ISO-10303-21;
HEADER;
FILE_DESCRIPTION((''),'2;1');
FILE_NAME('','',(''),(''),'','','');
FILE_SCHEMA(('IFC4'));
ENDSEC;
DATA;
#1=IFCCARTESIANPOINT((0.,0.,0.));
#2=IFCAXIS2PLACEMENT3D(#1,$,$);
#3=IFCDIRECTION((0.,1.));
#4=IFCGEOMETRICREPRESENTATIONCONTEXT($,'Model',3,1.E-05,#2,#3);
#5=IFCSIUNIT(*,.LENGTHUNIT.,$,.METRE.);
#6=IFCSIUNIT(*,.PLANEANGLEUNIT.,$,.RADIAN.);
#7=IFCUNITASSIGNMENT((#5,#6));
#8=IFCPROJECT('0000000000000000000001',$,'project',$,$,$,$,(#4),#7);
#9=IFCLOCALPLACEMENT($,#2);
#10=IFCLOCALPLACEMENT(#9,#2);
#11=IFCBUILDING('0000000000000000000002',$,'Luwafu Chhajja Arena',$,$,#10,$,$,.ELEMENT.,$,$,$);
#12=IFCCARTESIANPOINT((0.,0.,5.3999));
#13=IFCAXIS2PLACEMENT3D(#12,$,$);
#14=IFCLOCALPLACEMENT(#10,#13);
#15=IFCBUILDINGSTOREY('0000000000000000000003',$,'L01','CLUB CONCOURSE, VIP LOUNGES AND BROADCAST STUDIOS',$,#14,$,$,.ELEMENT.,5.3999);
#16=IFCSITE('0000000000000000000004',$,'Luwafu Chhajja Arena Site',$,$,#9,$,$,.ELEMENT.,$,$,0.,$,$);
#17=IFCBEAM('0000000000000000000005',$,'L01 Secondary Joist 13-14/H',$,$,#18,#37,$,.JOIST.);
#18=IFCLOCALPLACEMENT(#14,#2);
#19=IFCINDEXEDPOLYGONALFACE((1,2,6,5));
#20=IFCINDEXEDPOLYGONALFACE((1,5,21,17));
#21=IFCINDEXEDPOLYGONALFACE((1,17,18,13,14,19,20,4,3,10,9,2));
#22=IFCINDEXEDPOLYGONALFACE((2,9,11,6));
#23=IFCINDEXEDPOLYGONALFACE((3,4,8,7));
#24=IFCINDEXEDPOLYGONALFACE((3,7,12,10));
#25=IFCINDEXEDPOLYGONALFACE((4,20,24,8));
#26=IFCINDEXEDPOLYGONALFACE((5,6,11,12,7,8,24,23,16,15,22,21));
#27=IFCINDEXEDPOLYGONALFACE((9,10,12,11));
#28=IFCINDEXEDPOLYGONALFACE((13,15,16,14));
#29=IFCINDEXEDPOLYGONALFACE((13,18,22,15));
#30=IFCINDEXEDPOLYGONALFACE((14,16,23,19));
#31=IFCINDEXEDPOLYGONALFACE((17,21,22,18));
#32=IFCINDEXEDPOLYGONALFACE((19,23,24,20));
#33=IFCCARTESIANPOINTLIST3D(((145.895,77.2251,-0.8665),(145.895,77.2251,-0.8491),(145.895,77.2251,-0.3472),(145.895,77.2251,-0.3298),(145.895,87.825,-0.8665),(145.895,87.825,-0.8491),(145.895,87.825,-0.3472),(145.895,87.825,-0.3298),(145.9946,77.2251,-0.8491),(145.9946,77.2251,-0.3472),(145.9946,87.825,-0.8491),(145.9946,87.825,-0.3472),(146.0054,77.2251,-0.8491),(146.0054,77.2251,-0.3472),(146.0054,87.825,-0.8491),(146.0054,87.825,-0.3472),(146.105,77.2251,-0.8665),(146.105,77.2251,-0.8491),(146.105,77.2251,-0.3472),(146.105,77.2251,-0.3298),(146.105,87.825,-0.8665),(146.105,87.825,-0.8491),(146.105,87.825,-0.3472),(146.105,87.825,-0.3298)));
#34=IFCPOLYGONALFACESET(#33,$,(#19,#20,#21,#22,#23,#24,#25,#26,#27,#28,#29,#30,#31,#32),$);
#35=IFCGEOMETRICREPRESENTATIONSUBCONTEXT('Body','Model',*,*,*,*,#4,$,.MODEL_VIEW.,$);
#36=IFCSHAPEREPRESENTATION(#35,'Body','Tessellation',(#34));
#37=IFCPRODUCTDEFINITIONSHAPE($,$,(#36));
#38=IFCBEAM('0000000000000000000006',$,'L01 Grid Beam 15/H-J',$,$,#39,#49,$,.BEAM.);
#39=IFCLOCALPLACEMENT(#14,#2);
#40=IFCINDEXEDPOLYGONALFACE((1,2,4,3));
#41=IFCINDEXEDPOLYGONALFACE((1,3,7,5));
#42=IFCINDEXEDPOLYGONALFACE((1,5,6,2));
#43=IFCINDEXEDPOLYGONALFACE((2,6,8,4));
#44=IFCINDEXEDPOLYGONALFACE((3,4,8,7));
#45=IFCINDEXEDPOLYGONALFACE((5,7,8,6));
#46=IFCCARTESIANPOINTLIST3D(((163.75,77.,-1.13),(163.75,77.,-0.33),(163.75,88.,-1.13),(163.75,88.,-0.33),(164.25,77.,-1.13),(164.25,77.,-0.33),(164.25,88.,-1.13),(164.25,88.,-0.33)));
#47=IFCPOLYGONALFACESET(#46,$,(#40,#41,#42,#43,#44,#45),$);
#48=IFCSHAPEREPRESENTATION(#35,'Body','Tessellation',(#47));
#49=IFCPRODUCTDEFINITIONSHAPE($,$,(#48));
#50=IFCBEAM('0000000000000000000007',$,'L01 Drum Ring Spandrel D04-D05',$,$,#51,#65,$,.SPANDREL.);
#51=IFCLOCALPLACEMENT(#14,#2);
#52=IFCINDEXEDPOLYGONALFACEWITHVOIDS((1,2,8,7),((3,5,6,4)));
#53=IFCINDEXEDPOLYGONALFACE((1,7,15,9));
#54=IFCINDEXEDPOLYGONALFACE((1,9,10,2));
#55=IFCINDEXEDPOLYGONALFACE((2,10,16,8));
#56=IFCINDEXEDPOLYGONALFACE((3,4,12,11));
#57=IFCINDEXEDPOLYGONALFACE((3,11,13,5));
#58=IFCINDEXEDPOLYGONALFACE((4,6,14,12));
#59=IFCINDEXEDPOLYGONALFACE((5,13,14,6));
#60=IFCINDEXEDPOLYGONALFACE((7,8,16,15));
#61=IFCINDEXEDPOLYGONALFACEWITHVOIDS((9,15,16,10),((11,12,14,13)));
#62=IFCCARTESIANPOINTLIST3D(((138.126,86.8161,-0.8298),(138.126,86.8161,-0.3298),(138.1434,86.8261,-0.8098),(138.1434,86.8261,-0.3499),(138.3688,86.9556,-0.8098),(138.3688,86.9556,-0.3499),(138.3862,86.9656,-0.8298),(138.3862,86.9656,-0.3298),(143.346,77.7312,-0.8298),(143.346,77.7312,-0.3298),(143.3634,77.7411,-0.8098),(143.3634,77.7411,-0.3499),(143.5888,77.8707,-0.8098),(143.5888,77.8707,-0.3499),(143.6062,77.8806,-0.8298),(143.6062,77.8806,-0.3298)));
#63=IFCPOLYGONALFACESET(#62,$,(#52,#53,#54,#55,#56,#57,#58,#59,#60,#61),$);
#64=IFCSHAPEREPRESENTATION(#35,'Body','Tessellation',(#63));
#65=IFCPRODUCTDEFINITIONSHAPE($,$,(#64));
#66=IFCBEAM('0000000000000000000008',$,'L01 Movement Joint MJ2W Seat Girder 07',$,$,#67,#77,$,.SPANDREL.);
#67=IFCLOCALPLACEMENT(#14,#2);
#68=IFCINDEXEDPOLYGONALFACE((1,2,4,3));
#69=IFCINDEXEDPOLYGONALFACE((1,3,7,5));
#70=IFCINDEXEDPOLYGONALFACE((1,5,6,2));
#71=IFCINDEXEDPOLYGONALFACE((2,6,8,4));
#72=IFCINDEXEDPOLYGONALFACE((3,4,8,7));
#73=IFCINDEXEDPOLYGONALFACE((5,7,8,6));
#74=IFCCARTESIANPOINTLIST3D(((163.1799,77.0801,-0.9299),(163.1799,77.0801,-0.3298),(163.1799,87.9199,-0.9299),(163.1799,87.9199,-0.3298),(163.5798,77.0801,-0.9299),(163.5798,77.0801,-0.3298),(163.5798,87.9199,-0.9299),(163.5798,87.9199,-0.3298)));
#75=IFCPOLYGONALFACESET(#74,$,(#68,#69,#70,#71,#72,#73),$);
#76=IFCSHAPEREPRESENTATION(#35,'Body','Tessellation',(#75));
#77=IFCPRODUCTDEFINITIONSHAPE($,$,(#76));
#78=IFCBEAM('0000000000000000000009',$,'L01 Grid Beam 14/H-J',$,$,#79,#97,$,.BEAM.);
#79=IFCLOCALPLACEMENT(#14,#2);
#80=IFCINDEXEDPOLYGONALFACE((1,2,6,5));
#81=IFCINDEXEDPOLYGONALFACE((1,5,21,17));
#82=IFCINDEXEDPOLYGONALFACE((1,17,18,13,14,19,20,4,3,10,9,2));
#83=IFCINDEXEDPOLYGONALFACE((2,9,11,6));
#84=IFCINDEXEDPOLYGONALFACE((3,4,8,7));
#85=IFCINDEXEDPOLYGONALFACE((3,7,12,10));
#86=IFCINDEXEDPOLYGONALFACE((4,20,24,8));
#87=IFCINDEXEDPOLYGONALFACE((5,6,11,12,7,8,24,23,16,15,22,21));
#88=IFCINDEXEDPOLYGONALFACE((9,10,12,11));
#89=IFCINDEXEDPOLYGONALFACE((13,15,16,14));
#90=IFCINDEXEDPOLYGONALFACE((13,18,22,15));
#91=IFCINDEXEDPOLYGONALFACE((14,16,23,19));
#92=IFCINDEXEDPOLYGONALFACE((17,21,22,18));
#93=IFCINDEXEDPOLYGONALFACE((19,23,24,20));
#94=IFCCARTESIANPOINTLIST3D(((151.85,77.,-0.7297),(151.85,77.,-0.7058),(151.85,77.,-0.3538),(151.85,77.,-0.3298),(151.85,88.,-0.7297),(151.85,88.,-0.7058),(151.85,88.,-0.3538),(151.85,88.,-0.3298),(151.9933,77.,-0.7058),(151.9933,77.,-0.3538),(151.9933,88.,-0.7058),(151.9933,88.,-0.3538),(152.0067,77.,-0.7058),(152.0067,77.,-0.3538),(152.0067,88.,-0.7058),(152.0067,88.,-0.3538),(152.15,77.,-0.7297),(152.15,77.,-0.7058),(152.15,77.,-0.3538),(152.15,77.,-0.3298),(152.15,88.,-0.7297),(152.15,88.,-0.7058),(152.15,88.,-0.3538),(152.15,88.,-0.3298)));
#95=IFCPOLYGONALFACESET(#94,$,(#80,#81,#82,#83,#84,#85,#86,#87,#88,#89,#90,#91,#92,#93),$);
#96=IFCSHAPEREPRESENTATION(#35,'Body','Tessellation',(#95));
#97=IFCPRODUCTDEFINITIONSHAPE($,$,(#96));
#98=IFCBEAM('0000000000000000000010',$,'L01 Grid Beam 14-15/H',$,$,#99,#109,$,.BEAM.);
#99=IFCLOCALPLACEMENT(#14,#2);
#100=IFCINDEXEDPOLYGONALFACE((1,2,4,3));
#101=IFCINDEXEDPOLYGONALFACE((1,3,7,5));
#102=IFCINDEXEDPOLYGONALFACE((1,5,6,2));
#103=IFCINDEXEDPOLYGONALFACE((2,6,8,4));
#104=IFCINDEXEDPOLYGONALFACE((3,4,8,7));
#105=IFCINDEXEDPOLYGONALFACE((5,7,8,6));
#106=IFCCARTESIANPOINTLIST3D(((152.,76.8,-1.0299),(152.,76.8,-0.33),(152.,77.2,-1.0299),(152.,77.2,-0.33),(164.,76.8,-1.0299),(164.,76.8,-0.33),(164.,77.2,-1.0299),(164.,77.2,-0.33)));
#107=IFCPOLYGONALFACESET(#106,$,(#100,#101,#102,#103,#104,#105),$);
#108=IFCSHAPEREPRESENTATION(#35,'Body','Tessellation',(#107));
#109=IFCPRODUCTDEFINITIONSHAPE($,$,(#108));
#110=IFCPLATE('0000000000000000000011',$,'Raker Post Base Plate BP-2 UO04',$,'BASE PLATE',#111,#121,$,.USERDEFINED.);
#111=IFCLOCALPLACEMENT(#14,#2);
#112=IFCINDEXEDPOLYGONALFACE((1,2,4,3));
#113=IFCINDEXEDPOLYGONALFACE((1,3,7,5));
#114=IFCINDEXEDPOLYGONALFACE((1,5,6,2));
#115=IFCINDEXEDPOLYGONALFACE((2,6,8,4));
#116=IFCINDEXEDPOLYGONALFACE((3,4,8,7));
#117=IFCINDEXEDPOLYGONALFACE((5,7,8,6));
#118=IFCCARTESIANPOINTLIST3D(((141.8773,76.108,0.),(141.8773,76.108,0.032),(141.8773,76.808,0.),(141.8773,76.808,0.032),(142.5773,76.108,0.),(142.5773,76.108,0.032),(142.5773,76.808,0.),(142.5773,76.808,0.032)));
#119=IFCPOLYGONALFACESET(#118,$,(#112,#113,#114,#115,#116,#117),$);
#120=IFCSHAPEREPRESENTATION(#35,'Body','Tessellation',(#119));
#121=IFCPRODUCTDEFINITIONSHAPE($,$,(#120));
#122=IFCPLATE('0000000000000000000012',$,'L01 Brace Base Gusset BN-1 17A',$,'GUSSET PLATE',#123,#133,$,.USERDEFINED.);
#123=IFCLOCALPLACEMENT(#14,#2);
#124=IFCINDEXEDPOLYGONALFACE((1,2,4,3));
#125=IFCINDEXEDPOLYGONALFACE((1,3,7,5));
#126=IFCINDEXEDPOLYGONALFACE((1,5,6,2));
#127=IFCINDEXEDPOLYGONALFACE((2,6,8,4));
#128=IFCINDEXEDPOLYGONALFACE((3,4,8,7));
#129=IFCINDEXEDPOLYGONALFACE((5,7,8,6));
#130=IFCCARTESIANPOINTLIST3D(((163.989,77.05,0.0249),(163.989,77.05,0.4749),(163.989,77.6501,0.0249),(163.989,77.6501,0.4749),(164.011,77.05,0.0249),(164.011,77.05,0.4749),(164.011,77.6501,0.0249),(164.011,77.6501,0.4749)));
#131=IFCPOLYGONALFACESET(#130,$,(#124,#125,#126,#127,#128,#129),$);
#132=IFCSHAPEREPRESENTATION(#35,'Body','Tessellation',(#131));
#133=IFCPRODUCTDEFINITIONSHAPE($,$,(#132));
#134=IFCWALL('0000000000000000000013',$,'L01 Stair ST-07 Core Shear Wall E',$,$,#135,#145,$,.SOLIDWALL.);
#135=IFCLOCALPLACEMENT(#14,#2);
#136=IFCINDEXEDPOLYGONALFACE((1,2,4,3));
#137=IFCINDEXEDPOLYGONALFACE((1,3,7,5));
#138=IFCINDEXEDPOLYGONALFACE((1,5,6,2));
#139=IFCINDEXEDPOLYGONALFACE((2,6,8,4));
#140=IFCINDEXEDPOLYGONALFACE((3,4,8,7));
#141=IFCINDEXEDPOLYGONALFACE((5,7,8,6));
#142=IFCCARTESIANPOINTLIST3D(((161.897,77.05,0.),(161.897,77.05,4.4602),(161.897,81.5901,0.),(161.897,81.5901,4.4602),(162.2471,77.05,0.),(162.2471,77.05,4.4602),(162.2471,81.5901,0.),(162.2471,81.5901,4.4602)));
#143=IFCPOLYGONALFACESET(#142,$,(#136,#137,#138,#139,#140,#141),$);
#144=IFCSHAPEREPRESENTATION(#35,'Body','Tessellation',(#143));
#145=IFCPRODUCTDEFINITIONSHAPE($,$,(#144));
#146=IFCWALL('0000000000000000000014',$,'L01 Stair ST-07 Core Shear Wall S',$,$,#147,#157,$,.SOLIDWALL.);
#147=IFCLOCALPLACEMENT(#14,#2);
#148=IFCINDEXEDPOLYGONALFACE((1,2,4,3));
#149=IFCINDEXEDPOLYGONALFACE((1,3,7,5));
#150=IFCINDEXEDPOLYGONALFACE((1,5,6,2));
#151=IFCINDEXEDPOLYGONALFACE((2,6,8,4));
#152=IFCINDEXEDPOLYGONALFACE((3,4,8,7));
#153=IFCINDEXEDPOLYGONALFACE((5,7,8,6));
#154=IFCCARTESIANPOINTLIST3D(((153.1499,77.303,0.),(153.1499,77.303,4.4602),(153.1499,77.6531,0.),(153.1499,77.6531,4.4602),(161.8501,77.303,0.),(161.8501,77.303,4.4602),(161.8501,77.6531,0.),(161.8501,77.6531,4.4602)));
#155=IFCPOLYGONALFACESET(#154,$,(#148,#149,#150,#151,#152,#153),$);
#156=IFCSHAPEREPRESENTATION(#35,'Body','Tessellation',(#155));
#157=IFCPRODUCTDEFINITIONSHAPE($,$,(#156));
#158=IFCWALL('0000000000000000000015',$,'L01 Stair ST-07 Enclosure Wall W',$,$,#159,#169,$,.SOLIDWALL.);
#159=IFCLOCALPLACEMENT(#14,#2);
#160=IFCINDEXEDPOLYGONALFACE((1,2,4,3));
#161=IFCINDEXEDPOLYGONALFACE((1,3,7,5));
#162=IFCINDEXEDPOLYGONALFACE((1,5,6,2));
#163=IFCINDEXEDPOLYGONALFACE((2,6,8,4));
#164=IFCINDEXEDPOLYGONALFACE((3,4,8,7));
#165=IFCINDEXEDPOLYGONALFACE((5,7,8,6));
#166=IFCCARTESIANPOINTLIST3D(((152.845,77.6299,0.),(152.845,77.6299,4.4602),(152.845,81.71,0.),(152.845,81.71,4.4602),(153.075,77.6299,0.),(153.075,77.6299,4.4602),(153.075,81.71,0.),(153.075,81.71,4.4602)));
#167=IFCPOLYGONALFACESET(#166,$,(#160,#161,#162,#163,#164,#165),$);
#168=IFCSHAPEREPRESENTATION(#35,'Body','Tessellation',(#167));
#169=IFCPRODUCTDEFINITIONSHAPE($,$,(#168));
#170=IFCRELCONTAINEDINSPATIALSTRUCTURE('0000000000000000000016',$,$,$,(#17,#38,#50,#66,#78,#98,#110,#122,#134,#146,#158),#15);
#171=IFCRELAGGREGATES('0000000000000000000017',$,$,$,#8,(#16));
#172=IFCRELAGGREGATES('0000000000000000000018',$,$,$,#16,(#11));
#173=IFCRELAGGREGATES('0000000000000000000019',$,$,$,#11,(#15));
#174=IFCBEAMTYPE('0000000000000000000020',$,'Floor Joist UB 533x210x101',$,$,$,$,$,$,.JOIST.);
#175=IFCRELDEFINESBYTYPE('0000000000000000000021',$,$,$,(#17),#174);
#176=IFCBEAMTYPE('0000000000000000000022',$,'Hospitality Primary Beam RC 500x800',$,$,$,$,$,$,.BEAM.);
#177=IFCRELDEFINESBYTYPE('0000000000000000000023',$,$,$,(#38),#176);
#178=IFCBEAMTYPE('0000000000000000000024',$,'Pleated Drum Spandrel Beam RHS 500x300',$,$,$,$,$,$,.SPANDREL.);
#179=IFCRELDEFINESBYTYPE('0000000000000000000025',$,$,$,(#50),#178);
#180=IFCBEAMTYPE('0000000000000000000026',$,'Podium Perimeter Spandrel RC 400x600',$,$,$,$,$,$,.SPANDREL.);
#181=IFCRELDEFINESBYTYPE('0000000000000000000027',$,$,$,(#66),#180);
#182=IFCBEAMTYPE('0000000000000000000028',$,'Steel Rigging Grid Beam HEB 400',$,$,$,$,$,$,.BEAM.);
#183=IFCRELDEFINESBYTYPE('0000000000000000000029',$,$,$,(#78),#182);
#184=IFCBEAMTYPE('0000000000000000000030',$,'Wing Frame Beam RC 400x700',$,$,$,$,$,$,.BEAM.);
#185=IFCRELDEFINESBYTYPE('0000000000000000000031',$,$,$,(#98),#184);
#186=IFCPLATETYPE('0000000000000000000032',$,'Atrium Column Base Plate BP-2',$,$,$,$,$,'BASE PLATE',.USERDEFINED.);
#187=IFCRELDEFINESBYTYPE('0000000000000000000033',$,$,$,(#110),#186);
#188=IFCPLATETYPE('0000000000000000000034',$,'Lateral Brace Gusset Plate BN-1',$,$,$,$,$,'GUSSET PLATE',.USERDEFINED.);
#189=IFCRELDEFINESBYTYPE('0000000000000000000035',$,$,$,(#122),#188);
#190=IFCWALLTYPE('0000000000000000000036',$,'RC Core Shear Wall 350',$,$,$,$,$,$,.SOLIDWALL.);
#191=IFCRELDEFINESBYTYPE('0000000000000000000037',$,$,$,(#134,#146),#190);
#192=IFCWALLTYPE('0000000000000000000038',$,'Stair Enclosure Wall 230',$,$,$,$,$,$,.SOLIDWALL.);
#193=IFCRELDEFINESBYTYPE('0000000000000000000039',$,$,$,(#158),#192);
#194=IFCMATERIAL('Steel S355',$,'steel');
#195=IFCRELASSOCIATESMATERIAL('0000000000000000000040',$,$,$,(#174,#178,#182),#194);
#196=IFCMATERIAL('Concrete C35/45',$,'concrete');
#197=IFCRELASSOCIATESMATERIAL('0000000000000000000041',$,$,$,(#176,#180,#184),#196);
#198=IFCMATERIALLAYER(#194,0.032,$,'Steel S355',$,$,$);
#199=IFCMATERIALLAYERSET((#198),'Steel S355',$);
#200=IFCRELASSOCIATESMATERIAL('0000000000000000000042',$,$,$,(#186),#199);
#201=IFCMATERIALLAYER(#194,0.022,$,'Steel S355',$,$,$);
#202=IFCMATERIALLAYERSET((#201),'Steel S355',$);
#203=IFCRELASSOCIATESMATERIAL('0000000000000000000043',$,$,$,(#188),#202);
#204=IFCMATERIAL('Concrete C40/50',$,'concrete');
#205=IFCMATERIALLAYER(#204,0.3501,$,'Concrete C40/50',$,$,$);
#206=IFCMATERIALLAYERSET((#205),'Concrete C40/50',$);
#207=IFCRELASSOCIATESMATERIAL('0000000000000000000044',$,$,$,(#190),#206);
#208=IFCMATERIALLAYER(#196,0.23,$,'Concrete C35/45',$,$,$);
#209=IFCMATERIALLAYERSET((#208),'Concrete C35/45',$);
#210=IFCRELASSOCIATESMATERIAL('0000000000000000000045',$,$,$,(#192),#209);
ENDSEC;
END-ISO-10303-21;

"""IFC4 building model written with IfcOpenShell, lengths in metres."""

from ifc_helpers import new_model, si_unit, direction, frame, frame_2d, origin, origin_2d, place, context, subcontext, project, spatial, rectangle, hollow_rectangle, i_section, extrude, material, layer, layer_set, material_profile, profile_set, type_object, element, save


model = new_model("IFC4")

# Units and contexts
model_context = context("Model", 3, precision=1e-05, world=origin(), true_north=direction((0.0, 1.0)))
body_context = subcontext(model_context, "Body", "Model", "MODEL_VIEW")
ifc_project = project(units=[si_unit("LENGTHUNIT", "METRE"), si_unit("PLANEANGLEUNIT", "RADIAN")], contexts=[model_context])

# Site, building, storey
site_placement = place(None, origin())
site = spatial("IfcSite", under=ifc_project, at=site_placement, Name="Luwafu Chhajja Arena Site", CompositionType="ELEMENT", RefElevation=0.0)
building_placement = place(site_placement, origin())
building = spatial("IfcBuilding", under=site, at=building_placement, Name="Luwafu Chhajja Arena", CompositionType="ELEMENT")
storey_placement = place(building_placement, frame((0.0, 0.0, 5.3999)))
storey = spatial("IfcBuildingStorey", under=building, at=storey_placement, Name="L01", Description="CLUB CONCOURSE, VIP LOUNGES AND BROADCAST STUDIOS", CompositionType="ELEMENT", Elevation=5.3999)

# Shared definitions
ifc_material_1 = material(Name="Concrete C35/45", Category="concrete")
ifc_material_2 = material(Name="Steel S355", Category="steel")

# Beams
ifc_material_profile_1 = material_profile(ifc_material_2, i_section(OverallWidth=0.21, OverallDepth=0.5366, WebThickness=0.0107, FlangeThickness=0.0173, at=origin_2d()), Name="UB 533x210x101")
ifc_profile_set_1 = profile_set([ifc_material_profile_1], Name="Steel S355")
beam_type_1 = type_object("IfcBeamType", Name="Floor Joist UB 533x210x101", PredefinedType="JOIST", material=ifc_profile_set_1)
beam_1_placement = place(storey_placement, frame((146.0, 77.2251, -0.5981), z_axis=(0.0, 1.0, 0.0), x_axis=(-1.0, 0.0, 0.0)))
element("IfcBeam", 1, at=beam_1_placement, inside=storey, type_object=beam_type_1, Name="L01 Secondary Joist 13-14/H", PredefinedType="JOIST", context=body_context, shape_type="SweptSolid", body=[
    extrude(i_section(OverallWidth=0.21, OverallDepth=0.5366, WebThickness=0.0107, FlangeThickness=0.0173, at=origin_2d()), origin(), (0.0, 0.0, 1.0), 10.5999),
])
ifc_material_profile_2 = material_profile(ifc_material_1, rectangle(XDim=0.5, YDim=0.8, at=origin_2d()), Name="RC 500x800")
ifc_profile_set_2 = profile_set([ifc_material_profile_2], Name="Concrete C35/45")
beam_type_2 = type_object("IfcBeamType", Name="Hospitality Primary Beam RC 500x800", PredefinedType="BEAM", material=ifc_profile_set_2)
beam_2_placement = place(storey_placement, frame((164.0, 77.0, -0.73), z_axis=(0.0, 1.0, 0.0), x_axis=(-1.0, 0.0, 0.0)))
element("IfcBeam", 2, at=beam_2_placement, inside=storey, type_object=beam_type_2, Name="L01 Grid Beam 15/H-J", PredefinedType="BEAM", context=body_context, shape_type="SweptSolid", body=[
    extrude(rectangle(XDim=0.5, YDim=0.8, at=origin_2d()), origin(), (0.0, 0.0, 1.0), 11.0),
])
ifc_material_profile_3 = material_profile(ifc_material_2, hollow_rectangle(XDim=0.3, YDim=0.5, WallThickness=0.02, at=origin_2d()), Name="RHS 500x300x20")
ifc_profile_set_3 = profile_set([ifc_material_profile_3], Name="Steel S355")
beam_type_3 = type_object("IfcBeamType", Name="Pleated Drum Spandrel Beam RHS 500x300", PredefinedType="SPANDREL", material=ifc_profile_set_3)
beam_3_placement = place(storey_placement, frame((143.4761, 77.8059, -0.5798), z_axis=(-0.498193, 0.867066, 0.0), x_axis=(-0.867066, -0.498193, 0.0)))
element("IfcBeam", 3, at=beam_3_placement, inside=storey, type_object=beam_type_3, Name="L01 Drum Ring Spandrel D04-D05", PredefinedType="SPANDREL", context=body_context, shape_type="SweptSolid", body=[
    extrude(hollow_rectangle(XDim=0.3, YDim=0.5, WallThickness=0.02, at=origin_2d()), origin(), (0.0, 0.0, 1.0), 10.4778),
])
ifc_material_profile_4 = material_profile(ifc_material_1, rectangle(XDim=0.3999, YDim=0.6001, at=origin_2d()), Name="RC 400x600")
ifc_profile_set_4 = profile_set([ifc_material_profile_4], Name="Concrete C35/45")
beam_type_4 = type_object("IfcBeamType", Name="Podium Perimeter Spandrel RC 400x600", PredefinedType="SPANDREL", material=ifc_profile_set_4)
beam_4_placement = place(storey_placement, frame((163.3799, 77.0801, -0.6299), z_axis=(0.0, 1.0, 0.0), x_axis=(-1.0, 0.0, 0.0)))
element("IfcBeam", 4, at=beam_4_placement, inside=storey, type_object=beam_type_4, Name="L01 Movement Joint MJ2W Seat Girder 07", PredefinedType="SPANDREL", context=body_context, shape_type="SweptSolid", body=[
    extrude(rectangle(XDim=0.3999, YDim=0.6001, at=origin_2d()), origin(), (0.0, 0.0, 1.0), 10.8398),
])
ifc_material_profile_5 = material_profile(ifc_material_2, i_section(OverallWidth=0.3, OverallDepth=0.3999, WebThickness=0.0134, FlangeThickness=0.0239, at=origin_2d()), Name="HEB 400")
ifc_profile_set_5 = profile_set([ifc_material_profile_5], Name="Steel S355")
beam_type_5 = type_object("IfcBeamType", Name="Steel Rigging Grid Beam HEB 400", PredefinedType="BEAM", material=ifc_profile_set_5)
beam_5_placement = place(storey_placement, frame((152.0, 77.0, -0.5298), z_axis=(0.0, 1.0, 0.0), x_axis=(-1.0, 0.0, 0.0)))
element("IfcBeam", 5, at=beam_5_placement, inside=storey, type_object=beam_type_5, Name="L01 Grid Beam 14/H-J", PredefinedType="BEAM", context=body_context, shape_type="SweptSolid", body=[
    extrude(i_section(OverallWidth=0.3, OverallDepth=0.3999, WebThickness=0.0134, FlangeThickness=0.0239, at=origin_2d()), origin(), (0.0, 0.0, 1.0), 11.0),
])
ifc_material_profile_6 = material_profile(ifc_material_1, rectangle(XDim=0.3999, YDim=0.7, at=origin_2d()), Name="RC 400x700")
ifc_profile_set_6 = profile_set([ifc_material_profile_6], Name="Concrete C35/45")
beam_type_6 = type_object("IfcBeamType", Name="Wing Frame Beam RC 400x700", PredefinedType="BEAM", material=ifc_profile_set_6)
beam_6_placement = place(storey_placement, frame((152.0, 77.0, -0.6799), z_axis=(1.0, 0.0, 0.0), x_axis=(0.0, 1.0, 0.0)))
element("IfcBeam", 6, at=beam_6_placement, inside=storey, type_object=beam_type_6, Name="L01 Grid Beam 14-15/H", PredefinedType="BEAM", context=body_context, shape_type="SweptSolid", body=[
    extrude(rectangle(XDim=0.3999, YDim=0.7, at=origin_2d()), origin(), (0.0, 0.0, 1.0), 12.0),
])

# Plates
ifc_layer_1 = layer(ifc_material_2, 0.032, Name="Steel S355")
ifc_layer_set_1 = layer_set([ifc_layer_1], Name="Steel S355")
plate_type_1 = type_object("IfcPlateType", Name="Atrium Column Base Plate BP-2", ElementType="BASE PLATE", PredefinedType="USERDEFINED", material=ifc_layer_set_1)
plate_1_placement = place(storey_placement, frame((142.2273, 76.458, 0.0), z_axis=(0.0, 0.0, 1.0), x_axis=(1.0, 0.0, 0.0)))
element("IfcPlate", 7, at=plate_1_placement, inside=storey, type_object=plate_type_1, Name="Raker Post Base Plate BP-2 UO04", ObjectType="BASE PLATE", PredefinedType="USERDEFINED", context=body_context, shape_type="SweptSolid", body=[
    extrude(rectangle(XDim=0.7, YDim=0.7, at=origin_2d()), origin(), (0.0, 0.0, 1.0), 0.032),
])
ifc_layer_2 = layer(ifc_material_2, 0.022, Name="Steel S355")
ifc_layer_set_2 = layer_set([ifc_layer_2], Name="Steel S355")
plate_type_2 = type_object("IfcPlateType", Name="Lateral Brace Gusset Plate BN-1", ElementType="GUSSET PLATE", PredefinedType="USERDEFINED", material=ifc_layer_set_2)
plate_2_placement = place(storey_placement, frame((164.0, 77.3501, 0.0249), z_axis=(0.0, 0.0, 1.0), x_axis=(1.0, 0.0, 0.0)))
element("IfcPlate", 8, at=plate_2_placement, inside=storey, type_object=plate_type_2, Name="L01 Brace Base Gusset BN-1 17A", ObjectType="GUSSET PLATE", PredefinedType="USERDEFINED", context=body_context, shape_type="SweptSolid", body=[
    extrude(rectangle(XDim=0.022, YDim=0.6001, at=origin_2d()), origin(), (0.0, 0.0, 1.0), 0.45),
])

# Walls
ifc_material_3 = material(Name="Concrete C40/50", Category="concrete")
ifc_layer_3 = layer(ifc_material_3, 0.3501, Name="Concrete C40/50")
ifc_layer_set_3 = layer_set([ifc_layer_3], Name="Concrete C40/50")
wall_type_1 = type_object("IfcWallType", Name="RC Core Shear Wall 350", PredefinedType="SOLIDWALL", material=ifc_layer_set_3)
wall_1_placement = place(storey_placement, frame((162.072, 77.05, 0.0), z_axis=(0.0, 0.0, 1.0), x_axis=(0.0, 1.0, 0.0)))
element("IfcWall", 9, at=wall_1_placement, inside=storey, type_object=wall_type_1, Name="L01 Stair ST-07 Core Shear Wall E", PredefinedType="SOLIDWALL", context=body_context, shape_type="SweptSolid", body=[
    extrude(rectangle(XDim=4.54, YDim=0.3501, at=frame_2d((2.27, 0.0))), origin(), (0.0, 0.0, 1.0), 4.4602),
])
wall_2_placement = place(storey_placement, frame((153.1499, 77.478, 0.0), z_axis=(0.0, 0.0, 1.0), x_axis=(1.0, 0.0, 0.0)))
element("IfcWall", 10, at=wall_2_placement, inside=storey, type_object=wall_type_1, Name="L01 Stair ST-07 Core Shear Wall S", PredefinedType="SOLIDWALL", context=body_context, shape_type="SweptSolid", body=[
    extrude(rectangle(XDim=8.7002, YDim=0.3501, at=frame_2d((4.3501, 0.0))), origin(), (0.0, 0.0, 1.0), 4.4602),
])
ifc_layer_4 = layer(ifc_material_1, 0.23, Name="Concrete C35/45")
ifc_layer_set_4 = layer_set([ifc_layer_4], Name="Concrete C35/45")
wall_type_2 = type_object("IfcWallType", Name="Stair Enclosure Wall 230", PredefinedType="SOLIDWALL", material=ifc_layer_set_4)
wall_3_placement = place(storey_placement, frame((152.96, 77.6299, 0.0), z_axis=(0.0, 0.0, 1.0), x_axis=(0.0, 1.0, 0.0)))
element("IfcWall", 11, at=wall_3_placement, inside=storey, type_object=wall_type_2, Name="L01 Stair ST-07 Enclosure Wall W", PredefinedType="SOLIDWALL", context=body_context, shape_type="SweptSolid", body=[
    extrude(rectangle(XDim=4.0801, YDim=0.23, at=frame_2d((2.04, 0.0))), origin(), (0.0, 0.0, 1.0), 4.4602),
])

save(model, "model.ifc")
